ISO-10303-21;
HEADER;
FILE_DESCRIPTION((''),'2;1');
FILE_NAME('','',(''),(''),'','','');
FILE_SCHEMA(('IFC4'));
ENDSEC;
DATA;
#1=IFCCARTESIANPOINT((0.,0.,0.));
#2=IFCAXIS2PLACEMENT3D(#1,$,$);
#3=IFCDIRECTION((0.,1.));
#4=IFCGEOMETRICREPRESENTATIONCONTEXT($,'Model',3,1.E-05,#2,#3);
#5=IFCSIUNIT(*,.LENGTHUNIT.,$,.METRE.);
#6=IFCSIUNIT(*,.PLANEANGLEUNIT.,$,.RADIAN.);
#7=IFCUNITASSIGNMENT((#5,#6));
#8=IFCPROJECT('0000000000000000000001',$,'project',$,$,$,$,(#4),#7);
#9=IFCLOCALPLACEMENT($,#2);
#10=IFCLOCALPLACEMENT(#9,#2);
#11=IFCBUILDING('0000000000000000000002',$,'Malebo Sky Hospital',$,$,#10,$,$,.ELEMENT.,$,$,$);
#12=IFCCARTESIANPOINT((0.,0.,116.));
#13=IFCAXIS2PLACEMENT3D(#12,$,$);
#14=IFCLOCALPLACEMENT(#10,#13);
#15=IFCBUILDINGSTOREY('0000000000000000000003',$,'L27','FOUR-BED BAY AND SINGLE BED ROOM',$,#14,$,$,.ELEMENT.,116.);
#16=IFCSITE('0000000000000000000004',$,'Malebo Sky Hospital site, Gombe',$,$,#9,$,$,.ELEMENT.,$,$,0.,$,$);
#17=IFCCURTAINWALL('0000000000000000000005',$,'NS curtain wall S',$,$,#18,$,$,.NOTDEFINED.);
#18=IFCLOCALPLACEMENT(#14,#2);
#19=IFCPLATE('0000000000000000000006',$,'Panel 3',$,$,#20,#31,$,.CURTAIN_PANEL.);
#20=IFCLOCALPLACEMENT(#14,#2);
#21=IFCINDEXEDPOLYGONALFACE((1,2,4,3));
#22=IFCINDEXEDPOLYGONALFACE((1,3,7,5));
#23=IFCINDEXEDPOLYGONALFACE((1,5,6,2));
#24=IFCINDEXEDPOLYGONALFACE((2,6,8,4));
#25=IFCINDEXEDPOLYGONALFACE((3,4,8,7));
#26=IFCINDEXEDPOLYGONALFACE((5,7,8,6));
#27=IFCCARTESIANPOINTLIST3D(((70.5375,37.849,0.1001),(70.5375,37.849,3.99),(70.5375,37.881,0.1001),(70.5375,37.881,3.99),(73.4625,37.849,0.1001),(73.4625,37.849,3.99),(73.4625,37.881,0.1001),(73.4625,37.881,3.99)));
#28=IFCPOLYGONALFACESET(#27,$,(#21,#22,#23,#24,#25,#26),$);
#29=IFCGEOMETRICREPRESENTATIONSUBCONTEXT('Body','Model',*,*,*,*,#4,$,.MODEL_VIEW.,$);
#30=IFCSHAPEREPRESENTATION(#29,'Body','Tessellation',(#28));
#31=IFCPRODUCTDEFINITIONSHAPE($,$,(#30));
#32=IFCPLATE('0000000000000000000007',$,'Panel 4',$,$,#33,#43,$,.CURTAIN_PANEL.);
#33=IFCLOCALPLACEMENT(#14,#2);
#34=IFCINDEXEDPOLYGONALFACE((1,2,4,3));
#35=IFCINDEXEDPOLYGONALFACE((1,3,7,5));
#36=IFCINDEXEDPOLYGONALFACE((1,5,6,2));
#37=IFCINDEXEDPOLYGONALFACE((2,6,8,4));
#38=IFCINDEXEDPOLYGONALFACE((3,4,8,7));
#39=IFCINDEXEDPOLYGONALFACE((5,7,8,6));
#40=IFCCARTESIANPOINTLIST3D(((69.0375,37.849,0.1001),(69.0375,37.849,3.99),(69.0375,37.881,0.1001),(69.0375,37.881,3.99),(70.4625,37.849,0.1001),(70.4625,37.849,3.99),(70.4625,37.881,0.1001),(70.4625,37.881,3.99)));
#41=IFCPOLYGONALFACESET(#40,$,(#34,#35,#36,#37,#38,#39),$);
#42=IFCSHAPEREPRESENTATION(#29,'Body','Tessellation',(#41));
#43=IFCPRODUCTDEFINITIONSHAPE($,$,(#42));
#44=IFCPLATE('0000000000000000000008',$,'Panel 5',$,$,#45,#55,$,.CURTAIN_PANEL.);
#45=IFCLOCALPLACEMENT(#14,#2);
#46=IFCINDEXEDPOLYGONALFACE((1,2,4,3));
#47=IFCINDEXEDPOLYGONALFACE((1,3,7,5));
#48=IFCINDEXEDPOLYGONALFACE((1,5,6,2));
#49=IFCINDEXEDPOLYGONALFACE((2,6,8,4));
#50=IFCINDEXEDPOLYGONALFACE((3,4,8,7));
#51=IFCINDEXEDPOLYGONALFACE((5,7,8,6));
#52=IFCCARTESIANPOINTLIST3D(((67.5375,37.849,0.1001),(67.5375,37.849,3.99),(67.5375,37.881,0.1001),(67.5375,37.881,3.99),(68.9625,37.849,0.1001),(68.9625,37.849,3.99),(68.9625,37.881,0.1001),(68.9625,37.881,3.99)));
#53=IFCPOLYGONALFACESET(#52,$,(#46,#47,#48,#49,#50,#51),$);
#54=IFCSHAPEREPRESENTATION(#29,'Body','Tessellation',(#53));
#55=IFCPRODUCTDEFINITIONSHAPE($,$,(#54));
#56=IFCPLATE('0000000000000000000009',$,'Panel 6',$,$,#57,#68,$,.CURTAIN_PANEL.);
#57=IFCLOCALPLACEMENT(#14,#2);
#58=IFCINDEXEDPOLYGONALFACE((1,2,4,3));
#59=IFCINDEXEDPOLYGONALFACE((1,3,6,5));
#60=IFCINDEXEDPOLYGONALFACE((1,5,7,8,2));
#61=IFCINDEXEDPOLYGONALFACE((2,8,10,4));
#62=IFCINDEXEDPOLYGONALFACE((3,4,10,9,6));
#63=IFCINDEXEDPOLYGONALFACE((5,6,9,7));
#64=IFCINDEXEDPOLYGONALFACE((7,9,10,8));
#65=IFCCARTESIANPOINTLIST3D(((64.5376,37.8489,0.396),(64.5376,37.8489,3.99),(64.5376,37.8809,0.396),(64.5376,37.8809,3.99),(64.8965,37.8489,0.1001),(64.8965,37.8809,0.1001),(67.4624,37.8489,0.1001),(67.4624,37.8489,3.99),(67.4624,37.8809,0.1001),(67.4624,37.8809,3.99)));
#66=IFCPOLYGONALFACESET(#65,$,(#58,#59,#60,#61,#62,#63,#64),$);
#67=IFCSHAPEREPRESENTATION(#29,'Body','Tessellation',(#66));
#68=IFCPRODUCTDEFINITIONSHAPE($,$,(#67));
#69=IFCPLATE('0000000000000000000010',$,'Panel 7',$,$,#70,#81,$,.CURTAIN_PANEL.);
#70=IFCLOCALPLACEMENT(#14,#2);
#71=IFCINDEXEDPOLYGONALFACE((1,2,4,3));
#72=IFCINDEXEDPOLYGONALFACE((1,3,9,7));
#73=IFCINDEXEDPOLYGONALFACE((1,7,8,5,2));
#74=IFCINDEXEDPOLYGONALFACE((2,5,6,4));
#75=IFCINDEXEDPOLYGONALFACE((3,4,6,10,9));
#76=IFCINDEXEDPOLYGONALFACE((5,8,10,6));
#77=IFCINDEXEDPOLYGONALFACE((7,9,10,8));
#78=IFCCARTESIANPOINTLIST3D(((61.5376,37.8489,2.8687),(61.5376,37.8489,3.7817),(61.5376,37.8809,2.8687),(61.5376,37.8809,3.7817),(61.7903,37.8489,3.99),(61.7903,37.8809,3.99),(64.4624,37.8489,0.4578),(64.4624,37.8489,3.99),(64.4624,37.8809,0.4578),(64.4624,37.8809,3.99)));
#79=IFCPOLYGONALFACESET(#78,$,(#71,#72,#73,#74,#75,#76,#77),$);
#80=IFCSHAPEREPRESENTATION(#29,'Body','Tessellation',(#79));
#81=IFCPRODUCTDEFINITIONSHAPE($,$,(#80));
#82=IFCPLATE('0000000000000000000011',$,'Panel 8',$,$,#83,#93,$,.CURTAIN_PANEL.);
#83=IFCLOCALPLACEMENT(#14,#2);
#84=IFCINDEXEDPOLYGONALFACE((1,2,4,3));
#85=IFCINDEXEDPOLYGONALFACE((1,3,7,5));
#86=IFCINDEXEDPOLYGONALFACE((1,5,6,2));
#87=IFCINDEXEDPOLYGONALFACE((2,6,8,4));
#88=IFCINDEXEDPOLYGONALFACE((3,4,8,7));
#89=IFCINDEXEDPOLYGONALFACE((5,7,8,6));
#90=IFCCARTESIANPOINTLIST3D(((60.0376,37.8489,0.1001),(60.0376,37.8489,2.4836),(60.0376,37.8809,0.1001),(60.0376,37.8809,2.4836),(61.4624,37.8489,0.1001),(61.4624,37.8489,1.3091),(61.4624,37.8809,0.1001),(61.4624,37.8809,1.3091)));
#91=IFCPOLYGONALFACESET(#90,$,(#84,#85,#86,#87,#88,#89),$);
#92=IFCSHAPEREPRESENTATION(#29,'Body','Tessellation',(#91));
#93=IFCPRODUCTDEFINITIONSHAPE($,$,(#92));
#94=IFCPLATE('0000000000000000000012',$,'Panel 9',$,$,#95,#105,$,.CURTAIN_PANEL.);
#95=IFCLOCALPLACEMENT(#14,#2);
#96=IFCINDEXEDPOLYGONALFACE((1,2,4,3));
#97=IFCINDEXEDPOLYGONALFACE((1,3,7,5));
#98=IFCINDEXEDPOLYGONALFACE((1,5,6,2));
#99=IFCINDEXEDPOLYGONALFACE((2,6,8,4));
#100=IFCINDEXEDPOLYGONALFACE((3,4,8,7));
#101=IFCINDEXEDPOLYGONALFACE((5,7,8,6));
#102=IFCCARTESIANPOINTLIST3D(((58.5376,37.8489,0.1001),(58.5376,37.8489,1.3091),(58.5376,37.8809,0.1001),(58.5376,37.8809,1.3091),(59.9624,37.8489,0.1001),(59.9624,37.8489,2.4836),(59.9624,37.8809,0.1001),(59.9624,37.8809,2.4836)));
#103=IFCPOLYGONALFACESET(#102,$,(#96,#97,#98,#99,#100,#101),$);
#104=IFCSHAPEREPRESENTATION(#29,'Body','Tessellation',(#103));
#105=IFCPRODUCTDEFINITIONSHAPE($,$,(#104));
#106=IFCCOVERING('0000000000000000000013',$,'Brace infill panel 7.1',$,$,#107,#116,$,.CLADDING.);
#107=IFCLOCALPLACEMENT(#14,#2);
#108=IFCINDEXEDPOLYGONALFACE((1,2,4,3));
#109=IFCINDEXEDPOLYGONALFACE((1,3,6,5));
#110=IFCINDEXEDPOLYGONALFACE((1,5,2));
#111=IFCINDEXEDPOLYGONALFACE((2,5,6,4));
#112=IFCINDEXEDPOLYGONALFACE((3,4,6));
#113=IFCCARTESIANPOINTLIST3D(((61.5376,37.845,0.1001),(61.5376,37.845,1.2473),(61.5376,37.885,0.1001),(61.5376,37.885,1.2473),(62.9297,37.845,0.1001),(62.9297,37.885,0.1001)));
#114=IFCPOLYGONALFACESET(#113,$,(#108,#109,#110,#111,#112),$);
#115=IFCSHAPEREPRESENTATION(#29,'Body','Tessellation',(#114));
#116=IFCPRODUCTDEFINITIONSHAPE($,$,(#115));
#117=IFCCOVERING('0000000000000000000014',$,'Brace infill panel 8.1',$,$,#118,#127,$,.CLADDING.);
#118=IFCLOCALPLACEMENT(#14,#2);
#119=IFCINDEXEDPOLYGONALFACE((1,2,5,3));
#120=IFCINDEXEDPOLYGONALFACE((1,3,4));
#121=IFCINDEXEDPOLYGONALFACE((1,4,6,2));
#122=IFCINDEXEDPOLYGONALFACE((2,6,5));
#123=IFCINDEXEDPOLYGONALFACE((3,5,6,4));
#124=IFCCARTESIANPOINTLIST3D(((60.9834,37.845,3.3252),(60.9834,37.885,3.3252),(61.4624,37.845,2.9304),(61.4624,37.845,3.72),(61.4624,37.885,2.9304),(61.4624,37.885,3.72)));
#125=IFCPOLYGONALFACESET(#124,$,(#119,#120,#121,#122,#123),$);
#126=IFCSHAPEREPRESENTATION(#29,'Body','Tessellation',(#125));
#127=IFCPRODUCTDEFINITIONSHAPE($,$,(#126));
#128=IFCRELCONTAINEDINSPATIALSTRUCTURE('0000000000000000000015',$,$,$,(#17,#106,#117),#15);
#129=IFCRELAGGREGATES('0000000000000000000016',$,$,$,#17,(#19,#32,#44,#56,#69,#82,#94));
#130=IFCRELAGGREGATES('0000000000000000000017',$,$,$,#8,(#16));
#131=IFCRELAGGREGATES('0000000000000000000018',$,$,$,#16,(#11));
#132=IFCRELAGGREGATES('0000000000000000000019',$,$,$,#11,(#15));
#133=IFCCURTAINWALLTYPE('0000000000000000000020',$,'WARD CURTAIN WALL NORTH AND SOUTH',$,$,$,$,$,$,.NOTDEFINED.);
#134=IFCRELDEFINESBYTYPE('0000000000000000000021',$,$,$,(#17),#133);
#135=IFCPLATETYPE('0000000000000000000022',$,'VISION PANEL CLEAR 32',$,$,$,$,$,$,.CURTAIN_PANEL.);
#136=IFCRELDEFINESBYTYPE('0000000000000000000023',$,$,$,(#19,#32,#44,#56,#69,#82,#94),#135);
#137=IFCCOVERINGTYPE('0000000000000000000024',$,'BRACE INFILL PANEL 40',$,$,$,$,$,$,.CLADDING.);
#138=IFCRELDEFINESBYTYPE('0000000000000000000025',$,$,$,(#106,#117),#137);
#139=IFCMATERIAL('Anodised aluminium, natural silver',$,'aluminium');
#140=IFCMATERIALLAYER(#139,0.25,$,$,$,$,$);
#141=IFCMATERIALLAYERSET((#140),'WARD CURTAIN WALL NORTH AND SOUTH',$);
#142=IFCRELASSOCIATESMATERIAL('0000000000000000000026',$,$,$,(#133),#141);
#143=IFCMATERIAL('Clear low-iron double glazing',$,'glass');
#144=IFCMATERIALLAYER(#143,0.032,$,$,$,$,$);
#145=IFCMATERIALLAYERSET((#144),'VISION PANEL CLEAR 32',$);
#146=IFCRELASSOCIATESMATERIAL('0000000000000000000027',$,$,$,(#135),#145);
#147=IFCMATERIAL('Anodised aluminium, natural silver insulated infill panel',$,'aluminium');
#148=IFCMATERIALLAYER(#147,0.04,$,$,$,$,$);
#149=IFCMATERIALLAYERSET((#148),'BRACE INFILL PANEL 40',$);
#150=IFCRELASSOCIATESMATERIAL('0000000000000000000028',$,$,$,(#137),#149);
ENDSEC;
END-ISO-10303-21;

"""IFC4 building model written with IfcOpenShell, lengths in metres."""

from ifc_helpers import new_model, si_unit, direction, frame, origin, origin_2d, place, context, subcontext, project, spatial, polyline, rectangle, outline, extrude, material, layer, layer_set, type_object, element, aggregate, save


model = new_model("IFC4")

# Units and contexts
model_context = context("Model", 3, precision=1e-05, world=origin(), true_north=direction((0.0, 1.0)))
body_context = subcontext(model_context, "Body", "Model", "MODEL_VIEW")
ifc_project = project(units=[si_unit("LENGTHUNIT", "METRE"), si_unit("PLANEANGLEUNIT", "RADIAN")], contexts=[model_context])

# Site, building, storey
site_placement = place(None, origin())
site = spatial("IfcSite", under=ifc_project, at=site_placement, Name="Malebo Sky Hospital site, Gombe", CompositionType="ELEMENT", RefElevation=0.0)
building_placement = place(site_placement, origin())
building = spatial("IfcBuilding", under=site, at=building_placement, Name="Malebo Sky Hospital", CompositionType="ELEMENT")
storey_placement = place(building_placement, frame((0.0, 0.0, 116.0)))
storey = spatial("IfcBuildingStorey", under=building, at=storey_placement, Name="L27", Description="FOUR-BED BAY AND SINGLE BED ROOM", CompositionType="ELEMENT", Elevation=116.0)

# Curtain wall
ifc_material_1 = material(Name="Anodised aluminium, natural silver", Category="aluminium")
ifc_layer_1 = layer(ifc_material_1, 0.25)
ifc_layer_set_1 = layer_set([ifc_layer_1], Name="WARD CURTAIN WALL NORTH AND SOUTH")
curtain_wall_type = type_object("IfcCurtainWallType", Name="WARD CURTAIN WALL NORTH AND SOUTH", PredefinedType="NOTDEFINED", material=ifc_layer_set_1)
curtain_wall_placement = place(storey_placement, origin())
curtain_wall = element("IfcCurtainWall", 1, at=curtain_wall_placement, inside=storey, type_object=curtain_wall_type, Name="NS curtain wall S", PredefinedType="NOTDEFINED")

# Plates
ifc_material_2 = material(Name="Clear low-iron double glazing", Category="glass")
ifc_layer_2 = layer(ifc_material_2, 0.032)
ifc_layer_set_2 = layer_set([ifc_layer_2], Name="VISION PANEL CLEAR 32")
plate_type = type_object("IfcPlateType", Name="VISION PANEL CLEAR 32", PredefinedType="CURTAIN_PANEL", material=ifc_layer_set_2)
plate_1_placement = place(storey_placement, frame((72.0, 37.865, 0.1001), z_axis=(0.0, 0.0, 1.0), x_axis=(-1.0, 0.0, 0.0)))
plate_1 = element("IfcPlate", 2, at=plate_1_placement, type_object=plate_type, Name="Panel 3", PredefinedType="CURTAIN_PANEL", context=body_context, shape_type="SweptSolid", body=[
    extrude(rectangle(XDim=2.925, YDim=0.032, at=origin_2d()), origin(), (0.0, 0.0, 1.0), 3.8899),
])
plate_2_placement = place(storey_placement, frame((69.75, 37.865, 0.1001), z_axis=(0.0, 0.0, 1.0), x_axis=(-1.0, 0.0, 0.0)))
plate_2 = element("IfcPlate", 3, at=plate_2_placement, type_object=plate_type, Name="Panel 4", PredefinedType="CURTAIN_PANEL", context=body_context, shape_type="SweptSolid", body=[
    extrude(rectangle(XDim=1.425, YDim=0.032, at=origin_2d()), origin(), (0.0, 0.0, 1.0), 3.8899),
])
plate_3_placement = place(storey_placement, frame((68.25, 37.865, 0.1001), z_axis=(0.0, 0.0, 1.0), x_axis=(-1.0, 0.0, 0.0)))
plate_3 = element("IfcPlate", 4, at=plate_3_placement, type_object=plate_type, Name="Panel 5", PredefinedType="CURTAIN_PANEL", context=body_context, shape_type="SweptSolid", body=[
    extrude(rectangle(XDim=1.425, YDim=0.032, at=origin_2d()), origin(), (0.0, 0.0, 1.0), 3.8899),
])
plate_4_placement = place(storey_placement, frame((66.0, 37.865, 0.1001), z_axis=(0.0, 0.0, 1.0), x_axis=(-1.0, 0.0, 0.0)))
plate_4 = element("IfcPlate", 5, at=plate_4_placement, type_object=plate_type, Name="Panel 6", PredefinedType="CURTAIN_PANEL", context=body_context, shape_type="SweptSolid", body=[
    extrude(outline(polyline([(-1.4624, 0.0), (1.1035, 0.0), (1.4624, 0.2959), (1.4624, 3.8899), (-1.4624, 3.8899), (-1.4624, 0.0)])), frame((0.0, 0.0161, 0.0), z_axis=(0.0, -1.0, 0.0), x_axis=(1.0, 0.0, 0.0)), (0.0, 0.0, 1.0), 0.032),
])
plate_5_placement = place(storey_placement, frame((63.0, 37.865, 0.4578), z_axis=(0.0, 0.0, 1.0), x_axis=(-1.0, 0.0, 0.0)))
plate_5 = element("IfcPlate", 6, at=plate_5_placement, type_object=plate_type, Name="Panel 7", PredefinedType="CURTAIN_PANEL", context=body_context, shape_type="SweptSolid", body=[
    extrude(outline(polyline([(-1.4624, 0.0), (1.4624, 2.4109), (1.4624, 3.324), (1.2097, 3.5322), (-1.4624, 3.5322), (-1.4624, 0.0)])), frame((0.0, 0.0161, 0.0), z_axis=(0.0, -1.0, 0.0), x_axis=(1.0, 0.0, 0.0)), (0.0, 0.0, 1.0), 0.032),
])
plate_6_placement = place(storey_placement, frame((60.75, 37.865, 0.1001), z_axis=(0.0, 0.0, 1.0), x_axis=(-1.0, 0.0, 0.0)))
plate_6 = element("IfcPlate", 7, at=plate_6_placement, type_object=plate_type, Name="Panel 8", PredefinedType="CURTAIN_PANEL", context=body_context, shape_type="SweptSolid", body=[
    extrude(outline(polyline([(-0.7124, 0.0), (0.7124, 0.0), (0.7124, 2.3835), (-0.7124, 1.209), (-0.7124, 0.0)])), frame((0.0, 0.0161, 0.0), z_axis=(0.0, -1.0, 0.0), x_axis=(1.0, 0.0, 0.0)), (0.0, 0.0, 1.0), 0.032),
])
plate_7_placement = place(storey_placement, frame((59.25, 37.865, 0.1001), z_axis=(0.0, 0.0, 1.0), x_axis=(-1.0, 0.0, 0.0)))
plate_7 = element("IfcPlate", 8, at=plate_7_placement, type_object=plate_type, Name="Panel 9", PredefinedType="CURTAIN_PANEL", context=body_context, shape_type="SweptSolid", body=[
    extrude(outline(polyline([(-0.7124, 0.0), (0.7124, 0.0), (0.7124, 1.209), (-0.7124, 2.3835), (-0.7124, 0.0)])), frame((0.0, 0.0161, 0.0), z_axis=(0.0, -1.0, 0.0), x_axis=(1.0, 0.0, 0.0)), (0.0, 0.0, 1.0), 0.032),
])
aggregate(curtain_wall, [plate_1, plate_2, plate_3, plate_4, plate_5, plate_6, plate_7])

# Coverings
ifc_material_3 = material(Name="Anodised aluminium, natural silver insulated infill panel", Category="aluminium")
ifc_layer_3 = layer(ifc_material_3, 0.04)
ifc_layer_set_3 = layer_set([ifc_layer_3], Name="BRACE INFILL PANEL 40")
covering_type = type_object("IfcCoveringType", Name="BRACE INFILL PANEL 40", PredefinedType="CLADDING", material=ifc_layer_set_3)
covering_1_placement = place(storey_placement, frame((62.2336, 37.865, 0.1001), z_axis=(0.0, 0.0, 1.0), x_axis=(-1.0, 0.0, 0.0)))
element("IfcCovering", 9, at=covering_1_placement, inside=storey, type_object=covering_type, Name="Brace infill panel 7.1", PredefinedType="CLADDING", context=body_context, shape_type="SweptSolid", body=[
    extrude(outline(polyline([(-0.696, 0.0), (0.696, 0.0), (0.696, 1.1472), (-0.696, 0.0)])), frame((0.0, 0.02, 0.0), z_axis=(0.0, -1.0, 0.0), x_axis=(1.0, 0.0, 0.0)), (0.0, 0.0, 1.0), 0.04),
])
covering_2_placement = place(storey_placement, frame((61.2229, 37.865, 2.9304), z_axis=(0.0, 0.0, 1.0), x_axis=(-1.0, 0.0, 0.0)))
element("IfcCovering", 10, at=covering_2_placement, inside=storey, type_object=covering_type, Name="Brace infill panel 8.1", PredefinedType="CLADDING", context=body_context, shape_type="SweptSolid", body=[
    extrude(outline(polyline([(-0.2395, 0.0), (0.2395, 0.3948), (-0.2395, 0.7896), (-0.2395, 0.0)])), frame((0.0, 0.02, 0.0), z_axis=(0.0, -1.0, 0.0), x_axis=(1.0, 0.0, 0.0)), (0.0, 0.0, 1.0), 0.04),
])

save(model, "model.ifc")
